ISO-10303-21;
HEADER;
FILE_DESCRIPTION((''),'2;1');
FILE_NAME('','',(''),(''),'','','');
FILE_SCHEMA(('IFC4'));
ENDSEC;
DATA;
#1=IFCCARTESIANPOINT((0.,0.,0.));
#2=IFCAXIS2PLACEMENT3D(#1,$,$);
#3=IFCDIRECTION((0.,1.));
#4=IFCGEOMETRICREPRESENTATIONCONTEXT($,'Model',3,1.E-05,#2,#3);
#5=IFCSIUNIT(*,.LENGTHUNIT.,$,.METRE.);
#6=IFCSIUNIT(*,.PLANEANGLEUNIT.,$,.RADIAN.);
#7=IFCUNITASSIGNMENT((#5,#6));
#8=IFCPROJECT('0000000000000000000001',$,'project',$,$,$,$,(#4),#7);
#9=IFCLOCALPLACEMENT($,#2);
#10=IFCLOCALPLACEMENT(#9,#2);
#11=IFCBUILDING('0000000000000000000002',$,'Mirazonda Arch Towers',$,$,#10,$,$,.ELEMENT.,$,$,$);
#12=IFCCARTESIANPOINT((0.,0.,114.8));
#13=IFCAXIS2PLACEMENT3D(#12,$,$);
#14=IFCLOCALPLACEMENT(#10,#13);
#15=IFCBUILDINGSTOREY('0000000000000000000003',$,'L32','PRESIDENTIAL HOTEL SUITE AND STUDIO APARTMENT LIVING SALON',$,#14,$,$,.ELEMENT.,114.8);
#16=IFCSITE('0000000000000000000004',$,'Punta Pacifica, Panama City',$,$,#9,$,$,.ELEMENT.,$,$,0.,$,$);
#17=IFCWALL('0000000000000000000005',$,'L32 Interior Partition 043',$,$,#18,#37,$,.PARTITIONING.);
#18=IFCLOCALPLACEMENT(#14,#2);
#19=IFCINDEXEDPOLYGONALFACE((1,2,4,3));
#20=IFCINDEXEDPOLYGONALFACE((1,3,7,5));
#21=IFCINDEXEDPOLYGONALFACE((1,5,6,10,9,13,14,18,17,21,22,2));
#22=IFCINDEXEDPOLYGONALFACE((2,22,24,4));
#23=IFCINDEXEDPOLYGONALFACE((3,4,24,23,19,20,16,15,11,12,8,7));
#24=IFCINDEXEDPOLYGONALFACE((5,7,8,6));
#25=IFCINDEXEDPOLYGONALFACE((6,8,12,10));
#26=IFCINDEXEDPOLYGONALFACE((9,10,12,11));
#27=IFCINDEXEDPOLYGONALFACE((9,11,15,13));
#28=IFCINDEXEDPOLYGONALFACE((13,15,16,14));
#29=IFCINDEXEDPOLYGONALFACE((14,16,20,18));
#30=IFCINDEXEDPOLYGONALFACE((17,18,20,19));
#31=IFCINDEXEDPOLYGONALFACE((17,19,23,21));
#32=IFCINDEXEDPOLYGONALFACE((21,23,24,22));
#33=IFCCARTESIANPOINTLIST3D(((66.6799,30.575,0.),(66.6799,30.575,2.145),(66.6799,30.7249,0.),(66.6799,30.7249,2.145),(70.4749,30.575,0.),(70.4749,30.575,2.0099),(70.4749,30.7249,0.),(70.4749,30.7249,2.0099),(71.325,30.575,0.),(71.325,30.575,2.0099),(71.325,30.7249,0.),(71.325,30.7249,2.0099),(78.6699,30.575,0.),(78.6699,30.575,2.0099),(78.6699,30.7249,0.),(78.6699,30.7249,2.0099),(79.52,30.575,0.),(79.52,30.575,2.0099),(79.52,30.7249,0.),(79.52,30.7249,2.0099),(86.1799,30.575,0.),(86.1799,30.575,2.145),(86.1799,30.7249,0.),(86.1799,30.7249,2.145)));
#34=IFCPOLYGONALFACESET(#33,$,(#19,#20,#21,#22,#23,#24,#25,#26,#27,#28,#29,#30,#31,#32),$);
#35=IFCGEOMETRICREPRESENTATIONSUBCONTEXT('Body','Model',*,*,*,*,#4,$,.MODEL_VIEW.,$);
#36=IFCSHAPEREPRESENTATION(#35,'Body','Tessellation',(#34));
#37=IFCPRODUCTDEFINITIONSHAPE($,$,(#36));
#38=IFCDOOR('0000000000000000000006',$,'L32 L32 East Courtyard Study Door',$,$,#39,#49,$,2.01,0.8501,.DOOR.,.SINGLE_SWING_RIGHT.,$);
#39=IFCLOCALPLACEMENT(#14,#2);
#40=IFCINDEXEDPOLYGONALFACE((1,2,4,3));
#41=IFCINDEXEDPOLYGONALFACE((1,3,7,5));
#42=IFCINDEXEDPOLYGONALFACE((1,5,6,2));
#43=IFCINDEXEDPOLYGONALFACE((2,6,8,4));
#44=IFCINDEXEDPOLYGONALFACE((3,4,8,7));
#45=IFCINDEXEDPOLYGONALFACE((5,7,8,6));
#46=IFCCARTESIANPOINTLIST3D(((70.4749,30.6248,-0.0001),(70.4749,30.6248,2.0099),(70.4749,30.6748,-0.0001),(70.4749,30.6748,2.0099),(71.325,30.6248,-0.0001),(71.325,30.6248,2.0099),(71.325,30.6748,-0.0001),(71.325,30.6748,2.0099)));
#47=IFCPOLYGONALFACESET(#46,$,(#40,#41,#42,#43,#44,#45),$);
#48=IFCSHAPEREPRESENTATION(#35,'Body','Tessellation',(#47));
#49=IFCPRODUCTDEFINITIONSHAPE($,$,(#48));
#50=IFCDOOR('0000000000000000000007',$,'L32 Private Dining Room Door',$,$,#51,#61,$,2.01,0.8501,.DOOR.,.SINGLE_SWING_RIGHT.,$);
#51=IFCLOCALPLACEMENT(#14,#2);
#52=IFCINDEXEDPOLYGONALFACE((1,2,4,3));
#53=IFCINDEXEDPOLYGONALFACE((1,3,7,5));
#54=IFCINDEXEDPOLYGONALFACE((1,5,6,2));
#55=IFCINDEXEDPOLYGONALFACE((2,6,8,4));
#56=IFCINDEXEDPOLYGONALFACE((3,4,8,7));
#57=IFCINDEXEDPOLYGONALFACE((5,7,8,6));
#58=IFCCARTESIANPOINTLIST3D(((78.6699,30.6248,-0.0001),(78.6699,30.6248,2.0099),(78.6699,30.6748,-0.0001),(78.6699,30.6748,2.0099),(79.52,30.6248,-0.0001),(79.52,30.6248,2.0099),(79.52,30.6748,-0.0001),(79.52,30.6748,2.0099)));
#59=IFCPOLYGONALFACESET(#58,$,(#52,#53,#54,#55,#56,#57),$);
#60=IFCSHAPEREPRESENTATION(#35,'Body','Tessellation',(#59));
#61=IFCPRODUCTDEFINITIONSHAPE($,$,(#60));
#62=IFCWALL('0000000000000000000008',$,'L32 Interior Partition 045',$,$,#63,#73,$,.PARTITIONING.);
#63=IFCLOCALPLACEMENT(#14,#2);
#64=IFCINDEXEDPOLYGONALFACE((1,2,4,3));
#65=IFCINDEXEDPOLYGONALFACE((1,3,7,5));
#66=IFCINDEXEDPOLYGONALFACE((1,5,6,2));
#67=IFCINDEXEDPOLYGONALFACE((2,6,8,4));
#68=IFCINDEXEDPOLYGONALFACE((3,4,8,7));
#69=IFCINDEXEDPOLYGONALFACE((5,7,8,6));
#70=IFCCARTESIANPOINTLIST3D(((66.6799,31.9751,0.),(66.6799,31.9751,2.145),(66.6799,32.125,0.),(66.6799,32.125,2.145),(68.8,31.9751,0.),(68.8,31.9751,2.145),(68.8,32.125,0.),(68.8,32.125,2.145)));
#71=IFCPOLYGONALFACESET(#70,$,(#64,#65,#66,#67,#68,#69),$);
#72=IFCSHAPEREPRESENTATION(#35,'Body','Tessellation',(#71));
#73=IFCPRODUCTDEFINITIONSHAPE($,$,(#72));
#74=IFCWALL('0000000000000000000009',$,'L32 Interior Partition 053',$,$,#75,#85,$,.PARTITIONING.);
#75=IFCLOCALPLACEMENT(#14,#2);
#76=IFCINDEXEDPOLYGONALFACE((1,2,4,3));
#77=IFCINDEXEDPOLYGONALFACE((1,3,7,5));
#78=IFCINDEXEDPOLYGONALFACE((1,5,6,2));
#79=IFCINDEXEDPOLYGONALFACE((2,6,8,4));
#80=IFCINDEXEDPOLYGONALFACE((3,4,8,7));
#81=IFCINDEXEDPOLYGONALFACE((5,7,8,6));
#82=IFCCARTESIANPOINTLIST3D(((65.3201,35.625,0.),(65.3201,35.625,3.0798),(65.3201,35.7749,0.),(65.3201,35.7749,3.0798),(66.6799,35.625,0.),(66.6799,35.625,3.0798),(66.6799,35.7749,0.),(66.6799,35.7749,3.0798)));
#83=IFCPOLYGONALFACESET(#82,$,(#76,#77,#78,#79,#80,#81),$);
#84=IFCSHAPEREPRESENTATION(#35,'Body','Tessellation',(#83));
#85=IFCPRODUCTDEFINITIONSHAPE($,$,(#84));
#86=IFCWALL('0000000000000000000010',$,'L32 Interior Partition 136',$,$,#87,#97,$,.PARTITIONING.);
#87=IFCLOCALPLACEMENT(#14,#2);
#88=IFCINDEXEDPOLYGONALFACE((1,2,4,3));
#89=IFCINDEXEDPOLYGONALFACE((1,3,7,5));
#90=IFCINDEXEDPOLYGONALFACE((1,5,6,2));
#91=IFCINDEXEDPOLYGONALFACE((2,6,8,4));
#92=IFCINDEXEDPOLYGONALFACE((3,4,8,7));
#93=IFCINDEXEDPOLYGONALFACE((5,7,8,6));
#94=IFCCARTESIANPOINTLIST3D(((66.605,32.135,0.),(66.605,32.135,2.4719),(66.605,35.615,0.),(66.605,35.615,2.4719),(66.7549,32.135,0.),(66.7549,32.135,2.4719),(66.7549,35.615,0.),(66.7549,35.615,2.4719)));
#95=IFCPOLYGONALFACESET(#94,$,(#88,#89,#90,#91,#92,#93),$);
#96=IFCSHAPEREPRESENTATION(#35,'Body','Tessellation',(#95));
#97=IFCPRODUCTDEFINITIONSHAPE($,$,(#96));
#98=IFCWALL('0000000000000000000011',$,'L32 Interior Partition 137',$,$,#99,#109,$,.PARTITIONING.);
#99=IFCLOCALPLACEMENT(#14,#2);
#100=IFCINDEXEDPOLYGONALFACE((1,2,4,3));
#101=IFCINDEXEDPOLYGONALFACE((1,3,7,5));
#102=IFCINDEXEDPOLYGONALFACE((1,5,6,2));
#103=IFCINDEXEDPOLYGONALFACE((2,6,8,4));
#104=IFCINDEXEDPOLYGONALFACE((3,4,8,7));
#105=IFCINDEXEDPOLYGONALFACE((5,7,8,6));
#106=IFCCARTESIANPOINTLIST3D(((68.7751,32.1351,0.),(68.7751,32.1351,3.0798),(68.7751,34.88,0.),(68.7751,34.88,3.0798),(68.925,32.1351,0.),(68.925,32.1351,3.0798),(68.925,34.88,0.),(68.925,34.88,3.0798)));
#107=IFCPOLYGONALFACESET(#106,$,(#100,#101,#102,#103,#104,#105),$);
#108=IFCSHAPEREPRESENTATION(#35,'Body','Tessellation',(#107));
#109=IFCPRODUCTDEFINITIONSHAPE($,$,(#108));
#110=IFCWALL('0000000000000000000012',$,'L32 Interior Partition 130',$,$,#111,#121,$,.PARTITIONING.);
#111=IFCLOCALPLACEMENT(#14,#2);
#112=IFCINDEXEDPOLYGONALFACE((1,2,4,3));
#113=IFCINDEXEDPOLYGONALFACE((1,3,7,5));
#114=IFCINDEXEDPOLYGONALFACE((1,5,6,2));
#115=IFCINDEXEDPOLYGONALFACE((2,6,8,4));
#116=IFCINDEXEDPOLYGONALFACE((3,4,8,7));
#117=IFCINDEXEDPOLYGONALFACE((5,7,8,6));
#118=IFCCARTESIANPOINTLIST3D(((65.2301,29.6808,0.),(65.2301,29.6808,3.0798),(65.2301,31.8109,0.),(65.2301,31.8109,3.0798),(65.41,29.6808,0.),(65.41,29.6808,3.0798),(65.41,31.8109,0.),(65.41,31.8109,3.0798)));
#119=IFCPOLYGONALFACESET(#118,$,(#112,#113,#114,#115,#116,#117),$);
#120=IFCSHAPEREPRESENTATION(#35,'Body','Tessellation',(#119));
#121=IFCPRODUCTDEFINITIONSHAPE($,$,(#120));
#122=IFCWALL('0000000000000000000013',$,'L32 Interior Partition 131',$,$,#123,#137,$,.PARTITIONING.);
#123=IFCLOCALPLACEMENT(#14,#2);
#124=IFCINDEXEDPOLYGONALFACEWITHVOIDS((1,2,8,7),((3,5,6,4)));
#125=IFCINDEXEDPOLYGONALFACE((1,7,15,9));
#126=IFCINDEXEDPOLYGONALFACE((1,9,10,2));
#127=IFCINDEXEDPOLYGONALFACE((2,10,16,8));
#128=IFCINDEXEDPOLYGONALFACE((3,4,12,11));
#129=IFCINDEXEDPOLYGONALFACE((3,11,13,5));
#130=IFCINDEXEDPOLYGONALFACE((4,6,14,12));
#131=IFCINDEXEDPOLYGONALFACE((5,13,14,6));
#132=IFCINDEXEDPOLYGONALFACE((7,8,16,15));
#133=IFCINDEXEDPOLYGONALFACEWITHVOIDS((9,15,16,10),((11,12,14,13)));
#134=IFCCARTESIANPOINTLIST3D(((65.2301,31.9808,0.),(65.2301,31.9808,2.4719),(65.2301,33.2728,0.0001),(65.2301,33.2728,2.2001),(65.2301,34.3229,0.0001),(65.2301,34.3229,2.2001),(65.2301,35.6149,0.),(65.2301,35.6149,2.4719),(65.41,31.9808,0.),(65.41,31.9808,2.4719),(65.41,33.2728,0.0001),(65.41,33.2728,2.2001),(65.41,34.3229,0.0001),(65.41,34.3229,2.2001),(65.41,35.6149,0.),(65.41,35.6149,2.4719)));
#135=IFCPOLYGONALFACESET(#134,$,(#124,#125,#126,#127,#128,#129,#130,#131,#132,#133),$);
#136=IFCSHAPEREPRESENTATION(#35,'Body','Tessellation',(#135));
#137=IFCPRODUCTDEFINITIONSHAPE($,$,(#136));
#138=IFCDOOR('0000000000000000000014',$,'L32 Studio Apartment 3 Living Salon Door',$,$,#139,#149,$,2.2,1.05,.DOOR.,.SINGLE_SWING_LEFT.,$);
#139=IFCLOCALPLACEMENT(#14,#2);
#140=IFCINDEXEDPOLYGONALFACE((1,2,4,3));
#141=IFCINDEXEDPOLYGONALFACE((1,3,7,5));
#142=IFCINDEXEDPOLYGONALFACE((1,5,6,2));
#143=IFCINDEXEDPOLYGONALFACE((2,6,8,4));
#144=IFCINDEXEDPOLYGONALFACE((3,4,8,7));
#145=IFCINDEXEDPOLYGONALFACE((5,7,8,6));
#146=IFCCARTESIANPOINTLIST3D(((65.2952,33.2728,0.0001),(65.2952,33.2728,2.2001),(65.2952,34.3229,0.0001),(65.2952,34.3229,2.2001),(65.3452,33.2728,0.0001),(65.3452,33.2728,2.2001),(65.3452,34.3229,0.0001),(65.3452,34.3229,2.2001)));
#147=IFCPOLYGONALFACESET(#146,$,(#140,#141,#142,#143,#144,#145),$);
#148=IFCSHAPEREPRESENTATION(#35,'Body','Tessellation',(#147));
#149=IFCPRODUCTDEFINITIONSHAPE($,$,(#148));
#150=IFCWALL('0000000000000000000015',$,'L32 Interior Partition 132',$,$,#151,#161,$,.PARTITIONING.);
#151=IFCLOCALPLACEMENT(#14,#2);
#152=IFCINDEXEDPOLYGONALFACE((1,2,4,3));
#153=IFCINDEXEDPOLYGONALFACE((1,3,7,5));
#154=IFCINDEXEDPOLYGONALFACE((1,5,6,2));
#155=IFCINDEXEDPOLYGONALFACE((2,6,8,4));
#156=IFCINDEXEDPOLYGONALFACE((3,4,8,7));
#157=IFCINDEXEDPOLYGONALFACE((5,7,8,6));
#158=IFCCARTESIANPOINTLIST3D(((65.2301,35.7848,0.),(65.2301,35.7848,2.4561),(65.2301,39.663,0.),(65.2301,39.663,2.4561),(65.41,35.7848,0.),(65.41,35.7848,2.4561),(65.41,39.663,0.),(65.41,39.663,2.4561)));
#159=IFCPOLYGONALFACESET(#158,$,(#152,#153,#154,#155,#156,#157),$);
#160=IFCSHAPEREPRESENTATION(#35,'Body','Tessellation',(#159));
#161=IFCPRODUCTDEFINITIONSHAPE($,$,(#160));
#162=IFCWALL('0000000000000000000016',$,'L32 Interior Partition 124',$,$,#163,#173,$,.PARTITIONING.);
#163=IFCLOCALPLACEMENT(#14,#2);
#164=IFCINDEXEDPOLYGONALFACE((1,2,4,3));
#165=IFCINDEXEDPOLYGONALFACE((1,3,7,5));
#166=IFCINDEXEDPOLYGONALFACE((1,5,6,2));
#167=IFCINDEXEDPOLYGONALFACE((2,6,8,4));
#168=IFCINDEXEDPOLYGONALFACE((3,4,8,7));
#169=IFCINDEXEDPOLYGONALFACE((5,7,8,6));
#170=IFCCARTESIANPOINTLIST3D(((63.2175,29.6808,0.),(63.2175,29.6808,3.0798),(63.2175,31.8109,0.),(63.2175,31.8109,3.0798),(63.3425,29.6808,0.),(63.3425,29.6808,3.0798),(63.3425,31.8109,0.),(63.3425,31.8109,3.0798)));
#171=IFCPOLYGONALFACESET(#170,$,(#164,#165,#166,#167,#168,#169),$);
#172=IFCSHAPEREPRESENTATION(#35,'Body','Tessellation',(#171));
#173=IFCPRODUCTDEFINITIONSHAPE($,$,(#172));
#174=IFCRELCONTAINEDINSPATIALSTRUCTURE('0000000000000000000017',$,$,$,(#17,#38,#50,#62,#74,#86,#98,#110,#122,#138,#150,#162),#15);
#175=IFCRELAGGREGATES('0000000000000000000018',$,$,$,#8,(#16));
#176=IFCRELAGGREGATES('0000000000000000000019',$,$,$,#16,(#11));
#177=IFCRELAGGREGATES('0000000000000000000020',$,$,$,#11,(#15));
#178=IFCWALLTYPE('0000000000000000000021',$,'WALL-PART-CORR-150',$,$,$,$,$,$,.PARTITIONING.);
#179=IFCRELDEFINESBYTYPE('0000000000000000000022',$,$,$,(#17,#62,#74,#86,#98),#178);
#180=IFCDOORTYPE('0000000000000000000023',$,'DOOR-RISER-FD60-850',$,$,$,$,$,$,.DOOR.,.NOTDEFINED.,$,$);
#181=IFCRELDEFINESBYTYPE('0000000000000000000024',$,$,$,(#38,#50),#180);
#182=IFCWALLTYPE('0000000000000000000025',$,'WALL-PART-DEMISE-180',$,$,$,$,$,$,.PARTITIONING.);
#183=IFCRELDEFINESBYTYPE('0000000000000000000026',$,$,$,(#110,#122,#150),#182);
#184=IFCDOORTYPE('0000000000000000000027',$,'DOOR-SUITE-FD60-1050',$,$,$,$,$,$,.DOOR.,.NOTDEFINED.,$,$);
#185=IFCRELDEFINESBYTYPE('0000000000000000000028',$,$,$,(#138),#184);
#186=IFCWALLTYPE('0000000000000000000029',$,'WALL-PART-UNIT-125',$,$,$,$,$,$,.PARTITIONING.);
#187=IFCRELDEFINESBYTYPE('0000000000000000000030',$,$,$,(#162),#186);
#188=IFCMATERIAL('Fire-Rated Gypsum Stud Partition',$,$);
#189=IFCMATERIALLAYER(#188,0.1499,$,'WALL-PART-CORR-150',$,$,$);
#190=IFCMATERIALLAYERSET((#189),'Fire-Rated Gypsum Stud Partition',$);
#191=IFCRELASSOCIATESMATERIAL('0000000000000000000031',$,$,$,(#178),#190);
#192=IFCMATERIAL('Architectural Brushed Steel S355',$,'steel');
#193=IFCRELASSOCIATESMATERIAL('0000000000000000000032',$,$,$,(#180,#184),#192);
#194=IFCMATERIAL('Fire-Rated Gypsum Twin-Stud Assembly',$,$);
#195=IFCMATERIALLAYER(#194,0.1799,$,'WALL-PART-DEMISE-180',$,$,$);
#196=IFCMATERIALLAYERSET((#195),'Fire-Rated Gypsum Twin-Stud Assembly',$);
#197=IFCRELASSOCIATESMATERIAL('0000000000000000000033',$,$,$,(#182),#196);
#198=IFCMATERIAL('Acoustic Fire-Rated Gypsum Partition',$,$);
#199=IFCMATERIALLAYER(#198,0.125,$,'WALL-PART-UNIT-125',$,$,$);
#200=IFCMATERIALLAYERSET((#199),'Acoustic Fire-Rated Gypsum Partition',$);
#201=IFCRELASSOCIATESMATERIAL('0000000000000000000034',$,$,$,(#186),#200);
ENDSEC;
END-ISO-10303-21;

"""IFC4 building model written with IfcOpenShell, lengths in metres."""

from ifc_helpers import new_model, si_unit, direction, frame, frame_2d, origin, place, context, subcontext, project, spatial, rectangle, extrude, material, layer, layer_set, type_object, element, fill, save


model = new_model("IFC4")

# Units and contexts
model_context = context("Model", 3, precision=1e-05, world=origin(), true_north=direction((0.0, 1.0)))
body_context = subcontext(model_context, "Body", "Model", "MODEL_VIEW")
ifc_project = project(units=[si_unit("LENGTHUNIT", "METRE"), si_unit("PLANEANGLEUNIT", "RADIAN")], contexts=[model_context])

# Site, building, storey
site_placement = place(None, origin())
site = spatial("IfcSite", under=ifc_project, at=site_placement, Name="Punta Pacifica, Panama City", CompositionType="ELEMENT", RefElevation=0.0)
building_placement = place(site_placement, origin())
building = spatial("IfcBuilding", under=site, at=building_placement, Name="Mirazonda Arch Towers", CompositionType="ELEMENT")
storey_placement = place(building_placement, frame((0.0, 0.0, 114.8)))
storey = spatial("IfcBuildingStorey", under=building, at=storey_placement, Name="L32", Description="PRESIDENTIAL HOTEL SUITE AND STUDIO APARTMENT LIVING SALON", CompositionType="ELEMENT", Elevation=114.8)

# Wall, openings, doors
ifc_material_1 = material(Name="Architectural Brushed Steel S355", Category="steel")
ifc_material_2 = material(Name="Fire-Rated Gypsum Stud Partition")
ifc_layer_1 = layer(ifc_material_2, 0.1499, Name="WALL-PART-CORR-150")
ifc_layer_set_1 = layer_set([ifc_layer_1], Name="Fire-Rated Gypsum Stud Partition")
wall_type_1 = type_object("IfcWallType", Name="WALL-PART-CORR-150", PredefinedType="PARTITIONING", material=ifc_layer_set_1)
wall_1_placement = place(storey_placement, frame((66.6799, 30.6499, 0.0), z_axis=(0.0, 0.0, 1.0), x_axis=(1.0, 0.0, 0.0)))
wall_1 = element("IfcWall", 1, at=wall_1_placement, inside=storey, type_object=wall_type_1, Name="L32 Interior Partition 043", PredefinedType="PARTITIONING", context=body_context, shape_type="SweptSolid", body=[
    extrude(rectangle(XDim=19.5, YDim=0.1499, at=frame_2d((9.75, 0.0))), origin(), (0.0, 0.0, 1.0), 2.145),
])
opening_1_placement = place(wall_1_placement, frame((3.7949, 0.0, 0.0)))
opening_1 = element("IfcOpeningElement", 2, at=opening_1_placement, cuts=wall_1, PredefinedType="OPENING", context=body_context, shape_type="SweptSolid", body=[
    extrude(rectangle(XDim=0.8501, YDim=2.01, at=frame_2d((0.425, 1.0049))), frame((0.0, 0.085, 0.0), z_axis=(0.0, -1.0, 0.0), x_axis=(1.0, 0.0, 0.0)), (0.0, 0.0, 1.0), 0.1699),
])
opening_2_placement = place(wall_1_placement, frame((11.99, 0.0, 0.0)))
opening_2 = element("IfcOpeningElement", 3, at=opening_2_placement, cuts=wall_1, PredefinedType="OPENING", context=body_context, shape_type="SweptSolid", body=[
    extrude(rectangle(XDim=0.8501, YDim=2.01, at=frame_2d((0.425, 1.0049))), frame((0.0, 0.085, 0.0), z_axis=(0.0, -1.0, 0.0), x_axis=(1.0, 0.0, 0.0)), (0.0, 0.0, 1.0), 0.1699),
])
door_type_1 = type_object("IfcDoorType", Name="DOOR-RISER-FD60-850", OperationType="NOTDEFINED", PredefinedType="DOOR", material=ifc_material_1)
door_1_placement = place(opening_1_placement, origin())
door_1 = element("IfcDoor", 4, at=door_1_placement, inside=storey, type_object=door_type_1, Name="L32 L32 East Courtyard Study Door", OperationType="SINGLE_SWING_RIGHT", OverallHeight=2.01, OverallWidth=0.8501, PredefinedType="DOOR", context=body_context, shape_type="SweptSolid", body=[
    extrude(rectangle(XDim=0.8501, YDim=2.01, at=frame_2d((0.425, 1.0049))), frame((0.0, 0.0249, 0.0), z_axis=(0.0, -1.0, 0.0), x_axis=(1.0, 0.0, 0.0)), (0.0, 0.0, 1.0), 0.05),
])
fill(opening_1, door_1)
door_2_placement = place(opening_2_placement, origin())
door_2 = element("IfcDoor", 5, at=door_2_placement, inside=storey, type_object=door_type_1, Name="L32 Private Dining Room Door", OperationType="SINGLE_SWING_RIGHT", OverallHeight=2.01, OverallWidth=0.8501, PredefinedType="DOOR", context=body_context, shape_type="SweptSolid", body=[
    extrude(rectangle(XDim=0.8501, YDim=2.01, at=frame_2d((0.425, 1.0049))), frame((0.0, 0.0249, 0.0), z_axis=(0.0, -1.0, 0.0), x_axis=(1.0, 0.0, 0.0)), (0.0, 0.0, 1.0), 0.05),
])
fill(opening_2, door_2)

# Walls
wall_2_placement = place(storey_placement, frame((66.6799, 32.05, 0.0), z_axis=(0.0, 0.0, 1.0), x_axis=(1.0, 0.0, 0.0)))
element("IfcWall", 6, at=wall_2_placement, inside=storey, type_object=wall_type_1, Name="L32 Interior Partition 045", PredefinedType="PARTITIONING", context=body_context, shape_type="SweptSolid", body=[
    extrude(rectangle(XDim=2.1201, YDim=0.1499, at=frame_2d((1.0601, 0.0))), origin(), (0.0, 0.0, 1.0), 2.145),
])
wall_3_placement = place(storey_placement, frame((65.3201, 35.7, 0.0), z_axis=(0.0, 0.0, 1.0), x_axis=(1.0, 0.0, 0.0)))
element("IfcWall", 7, at=wall_3_placement, inside=storey, type_object=wall_type_1, Name="L32 Interior Partition 053", PredefinedType="PARTITIONING", context=body_context, shape_type="SweptSolid", body=[
    extrude(rectangle(XDim=1.3599, YDim=0.1499, at=frame_2d((0.6799, 0.0))), origin(), (0.0, 0.0, 1.0), 3.0798),
])
wall_4_placement = place(storey_placement, frame((66.6799, 32.135, 0.0), z_axis=(0.0, 0.0, 1.0), x_axis=(0.0, 1.0, 0.0)))
element("IfcWall", 8, at=wall_4_placement, inside=storey, type_object=wall_type_1, Name="L32 Interior Partition 136", PredefinedType="PARTITIONING", context=body_context, shape_type="SweptSolid", body=[
    extrude(rectangle(XDim=3.48, YDim=0.1499, at=frame_2d((1.74, 0.0))), origin(), (0.0, 0.0, 1.0), 2.4719),
])
wall_5_placement = place(storey_placement, frame((68.8501, 32.135, 0.0), z_axis=(0.0, 0.0, 1.0), x_axis=(0.0, 1.0, 0.0)))
element("IfcWall", 9, at=wall_5_placement, inside=storey, type_object=wall_type_1, Name="L32 Interior Partition 137", PredefinedType="PARTITIONING", context=body_context, shape_type="SweptSolid", body=[
    extrude(rectangle(XDim=2.7449, YDim=0.1499, at=frame_2d((1.3726, 0.0))), origin(), (0.0, 0.0, 1.0), 3.0798),
])
ifc_material_3 = material(Name="Fire-Rated Gypsum Twin-Stud Assembly")
ifc_layer_2 = layer(ifc_material_3, 0.1799, Name="WALL-PART-DEMISE-180")
ifc_layer_set_2 = layer_set([ifc_layer_2], Name="Fire-Rated Gypsum Twin-Stud Assembly")
wall_type_2 = type_object("IfcWallType", Name="WALL-PART-DEMISE-180", PredefinedType="PARTITIONING", material=ifc_layer_set_2)
wall_6_placement = place(storey_placement, frame((65.3201, 29.6809, 0.0), z_axis=(0.0, 0.0, 1.0), x_axis=(0.0, 1.0, 0.0)))
element("IfcWall", 10, at=wall_6_placement, inside=storey, type_object=wall_type_2, Name="L32 Interior Partition 130", PredefinedType="PARTITIONING", context=body_context, shape_type="SweptSolid", body=[
    extrude(rectangle(XDim=2.1301, YDim=0.1799, at=frame_2d((1.0649, 0.0))), origin(), (0.0, 0.0, 1.0), 3.0798),
])

# Wall, opening, door
wall_7_placement = place(storey_placement, frame((65.3201, 31.981, 0.0), z_axis=(0.0, 0.0, 1.0), x_axis=(0.0, 1.0, 0.0)))
wall_7 = element("IfcWall", 11, at=wall_7_placement, inside=storey, type_object=wall_type_2, Name="L32 Interior Partition 131", PredefinedType="PARTITIONING", context=body_context, shape_type="SweptSolid", body=[
    extrude(rectangle(XDim=3.634, YDim=0.1799, at=frame_2d((1.8169, 0.0))), origin(), (0.0, 0.0, 1.0), 2.4719),
])
opening_3_placement = place(wall_7_placement, frame((1.292, 0.0, 0.0)))
opening_3 = element("IfcOpeningElement", 12, at=opening_3_placement, cuts=wall_7, PredefinedType="OPENING", context=body_context, shape_type="SweptSolid", body=[
    extrude(rectangle(XDim=1.05, YDim=2.2, at=frame_2d((0.5249, 1.1001))), frame((0.0, 0.0999, 0.0), z_axis=(0.0, -1.0, 0.0), x_axis=(1.0, 0.0, 0.0)), (0.0, 0.0, 1.0), 0.2),
])
door_type_2 = type_object("IfcDoorType", Name="DOOR-SUITE-FD60-1050", OperationType="NOTDEFINED", PredefinedType="DOOR", material=ifc_material_1)
door_3_placement = place(opening_3_placement, origin())
door_3 = element("IfcDoor", 13, at=door_3_placement, inside=storey, type_object=door_type_2, Name="L32 Studio Apartment 3 Living Salon Door", OperationType="SINGLE_SWING_LEFT", OverallHeight=2.2, OverallWidth=1.05, PredefinedType="DOOR", context=body_context, shape_type="SweptSolid", body=[
    extrude(rectangle(XDim=1.05, YDim=2.2, at=frame_2d((0.5249, 1.1001))), frame((0.0, 0.0249, 0.0), z_axis=(0.0, -1.0, 0.0), x_axis=(1.0, 0.0, 0.0)), (0.0, 0.0, 1.0), 0.05),
])
fill(opening_3, door_3)

# Walls
wall_8_placement = place(storey_placement, frame((65.3201, 35.7849, 0.0), z_axis=(0.0, 0.0, 1.0), x_axis=(0.0, 1.0, 0.0)))
element("IfcWall", 14, at=wall_8_placement, inside=storey, type_object=wall_type_2, Name="L32 Interior Partition 132", PredefinedType="PARTITIONING", context=body_context, shape_type="SweptSolid", body=[
    extrude(rectangle(XDim=3.8782, YDim=0.1799, at=frame_2d((1.939, 0.0))), origin(), (0.0, 0.0, 1.0), 2.4561),
])
ifc_material_4 = material(Name="Acoustic Fire-Rated Gypsum Partition")
ifc_layer_3 = layer(ifc_material_4, 0.125, Name="WALL-PART-UNIT-125")
ifc_layer_set_3 = layer_set([ifc_layer_3], Name="Acoustic Fire-Rated Gypsum Partition")
wall_type_3 = type_object("IfcWallType", Name="WALL-PART-UNIT-125", PredefinedType="PARTITIONING", material=ifc_layer_set_3)
wall_9_placement = place(storey_placement, frame((63.28, 29.6809, 0.0), z_axis=(0.0, 0.0, 1.0), x_axis=(0.0, 1.0, 0.0)))
element("IfcWall", 15, at=wall_9_placement, inside=storey, type_object=wall_type_3, Name="L32 Interior Partition 124", PredefinedType="PARTITIONING", context=body_context, shape_type="SweptSolid", body=[
    extrude(rectangle(XDim=2.1301, YDim=0.125, at=frame_2d((1.0649, 0.0))), origin(), (0.0, 0.0, 1.0), 3.0798),
])

save(model, "model.ifc")
